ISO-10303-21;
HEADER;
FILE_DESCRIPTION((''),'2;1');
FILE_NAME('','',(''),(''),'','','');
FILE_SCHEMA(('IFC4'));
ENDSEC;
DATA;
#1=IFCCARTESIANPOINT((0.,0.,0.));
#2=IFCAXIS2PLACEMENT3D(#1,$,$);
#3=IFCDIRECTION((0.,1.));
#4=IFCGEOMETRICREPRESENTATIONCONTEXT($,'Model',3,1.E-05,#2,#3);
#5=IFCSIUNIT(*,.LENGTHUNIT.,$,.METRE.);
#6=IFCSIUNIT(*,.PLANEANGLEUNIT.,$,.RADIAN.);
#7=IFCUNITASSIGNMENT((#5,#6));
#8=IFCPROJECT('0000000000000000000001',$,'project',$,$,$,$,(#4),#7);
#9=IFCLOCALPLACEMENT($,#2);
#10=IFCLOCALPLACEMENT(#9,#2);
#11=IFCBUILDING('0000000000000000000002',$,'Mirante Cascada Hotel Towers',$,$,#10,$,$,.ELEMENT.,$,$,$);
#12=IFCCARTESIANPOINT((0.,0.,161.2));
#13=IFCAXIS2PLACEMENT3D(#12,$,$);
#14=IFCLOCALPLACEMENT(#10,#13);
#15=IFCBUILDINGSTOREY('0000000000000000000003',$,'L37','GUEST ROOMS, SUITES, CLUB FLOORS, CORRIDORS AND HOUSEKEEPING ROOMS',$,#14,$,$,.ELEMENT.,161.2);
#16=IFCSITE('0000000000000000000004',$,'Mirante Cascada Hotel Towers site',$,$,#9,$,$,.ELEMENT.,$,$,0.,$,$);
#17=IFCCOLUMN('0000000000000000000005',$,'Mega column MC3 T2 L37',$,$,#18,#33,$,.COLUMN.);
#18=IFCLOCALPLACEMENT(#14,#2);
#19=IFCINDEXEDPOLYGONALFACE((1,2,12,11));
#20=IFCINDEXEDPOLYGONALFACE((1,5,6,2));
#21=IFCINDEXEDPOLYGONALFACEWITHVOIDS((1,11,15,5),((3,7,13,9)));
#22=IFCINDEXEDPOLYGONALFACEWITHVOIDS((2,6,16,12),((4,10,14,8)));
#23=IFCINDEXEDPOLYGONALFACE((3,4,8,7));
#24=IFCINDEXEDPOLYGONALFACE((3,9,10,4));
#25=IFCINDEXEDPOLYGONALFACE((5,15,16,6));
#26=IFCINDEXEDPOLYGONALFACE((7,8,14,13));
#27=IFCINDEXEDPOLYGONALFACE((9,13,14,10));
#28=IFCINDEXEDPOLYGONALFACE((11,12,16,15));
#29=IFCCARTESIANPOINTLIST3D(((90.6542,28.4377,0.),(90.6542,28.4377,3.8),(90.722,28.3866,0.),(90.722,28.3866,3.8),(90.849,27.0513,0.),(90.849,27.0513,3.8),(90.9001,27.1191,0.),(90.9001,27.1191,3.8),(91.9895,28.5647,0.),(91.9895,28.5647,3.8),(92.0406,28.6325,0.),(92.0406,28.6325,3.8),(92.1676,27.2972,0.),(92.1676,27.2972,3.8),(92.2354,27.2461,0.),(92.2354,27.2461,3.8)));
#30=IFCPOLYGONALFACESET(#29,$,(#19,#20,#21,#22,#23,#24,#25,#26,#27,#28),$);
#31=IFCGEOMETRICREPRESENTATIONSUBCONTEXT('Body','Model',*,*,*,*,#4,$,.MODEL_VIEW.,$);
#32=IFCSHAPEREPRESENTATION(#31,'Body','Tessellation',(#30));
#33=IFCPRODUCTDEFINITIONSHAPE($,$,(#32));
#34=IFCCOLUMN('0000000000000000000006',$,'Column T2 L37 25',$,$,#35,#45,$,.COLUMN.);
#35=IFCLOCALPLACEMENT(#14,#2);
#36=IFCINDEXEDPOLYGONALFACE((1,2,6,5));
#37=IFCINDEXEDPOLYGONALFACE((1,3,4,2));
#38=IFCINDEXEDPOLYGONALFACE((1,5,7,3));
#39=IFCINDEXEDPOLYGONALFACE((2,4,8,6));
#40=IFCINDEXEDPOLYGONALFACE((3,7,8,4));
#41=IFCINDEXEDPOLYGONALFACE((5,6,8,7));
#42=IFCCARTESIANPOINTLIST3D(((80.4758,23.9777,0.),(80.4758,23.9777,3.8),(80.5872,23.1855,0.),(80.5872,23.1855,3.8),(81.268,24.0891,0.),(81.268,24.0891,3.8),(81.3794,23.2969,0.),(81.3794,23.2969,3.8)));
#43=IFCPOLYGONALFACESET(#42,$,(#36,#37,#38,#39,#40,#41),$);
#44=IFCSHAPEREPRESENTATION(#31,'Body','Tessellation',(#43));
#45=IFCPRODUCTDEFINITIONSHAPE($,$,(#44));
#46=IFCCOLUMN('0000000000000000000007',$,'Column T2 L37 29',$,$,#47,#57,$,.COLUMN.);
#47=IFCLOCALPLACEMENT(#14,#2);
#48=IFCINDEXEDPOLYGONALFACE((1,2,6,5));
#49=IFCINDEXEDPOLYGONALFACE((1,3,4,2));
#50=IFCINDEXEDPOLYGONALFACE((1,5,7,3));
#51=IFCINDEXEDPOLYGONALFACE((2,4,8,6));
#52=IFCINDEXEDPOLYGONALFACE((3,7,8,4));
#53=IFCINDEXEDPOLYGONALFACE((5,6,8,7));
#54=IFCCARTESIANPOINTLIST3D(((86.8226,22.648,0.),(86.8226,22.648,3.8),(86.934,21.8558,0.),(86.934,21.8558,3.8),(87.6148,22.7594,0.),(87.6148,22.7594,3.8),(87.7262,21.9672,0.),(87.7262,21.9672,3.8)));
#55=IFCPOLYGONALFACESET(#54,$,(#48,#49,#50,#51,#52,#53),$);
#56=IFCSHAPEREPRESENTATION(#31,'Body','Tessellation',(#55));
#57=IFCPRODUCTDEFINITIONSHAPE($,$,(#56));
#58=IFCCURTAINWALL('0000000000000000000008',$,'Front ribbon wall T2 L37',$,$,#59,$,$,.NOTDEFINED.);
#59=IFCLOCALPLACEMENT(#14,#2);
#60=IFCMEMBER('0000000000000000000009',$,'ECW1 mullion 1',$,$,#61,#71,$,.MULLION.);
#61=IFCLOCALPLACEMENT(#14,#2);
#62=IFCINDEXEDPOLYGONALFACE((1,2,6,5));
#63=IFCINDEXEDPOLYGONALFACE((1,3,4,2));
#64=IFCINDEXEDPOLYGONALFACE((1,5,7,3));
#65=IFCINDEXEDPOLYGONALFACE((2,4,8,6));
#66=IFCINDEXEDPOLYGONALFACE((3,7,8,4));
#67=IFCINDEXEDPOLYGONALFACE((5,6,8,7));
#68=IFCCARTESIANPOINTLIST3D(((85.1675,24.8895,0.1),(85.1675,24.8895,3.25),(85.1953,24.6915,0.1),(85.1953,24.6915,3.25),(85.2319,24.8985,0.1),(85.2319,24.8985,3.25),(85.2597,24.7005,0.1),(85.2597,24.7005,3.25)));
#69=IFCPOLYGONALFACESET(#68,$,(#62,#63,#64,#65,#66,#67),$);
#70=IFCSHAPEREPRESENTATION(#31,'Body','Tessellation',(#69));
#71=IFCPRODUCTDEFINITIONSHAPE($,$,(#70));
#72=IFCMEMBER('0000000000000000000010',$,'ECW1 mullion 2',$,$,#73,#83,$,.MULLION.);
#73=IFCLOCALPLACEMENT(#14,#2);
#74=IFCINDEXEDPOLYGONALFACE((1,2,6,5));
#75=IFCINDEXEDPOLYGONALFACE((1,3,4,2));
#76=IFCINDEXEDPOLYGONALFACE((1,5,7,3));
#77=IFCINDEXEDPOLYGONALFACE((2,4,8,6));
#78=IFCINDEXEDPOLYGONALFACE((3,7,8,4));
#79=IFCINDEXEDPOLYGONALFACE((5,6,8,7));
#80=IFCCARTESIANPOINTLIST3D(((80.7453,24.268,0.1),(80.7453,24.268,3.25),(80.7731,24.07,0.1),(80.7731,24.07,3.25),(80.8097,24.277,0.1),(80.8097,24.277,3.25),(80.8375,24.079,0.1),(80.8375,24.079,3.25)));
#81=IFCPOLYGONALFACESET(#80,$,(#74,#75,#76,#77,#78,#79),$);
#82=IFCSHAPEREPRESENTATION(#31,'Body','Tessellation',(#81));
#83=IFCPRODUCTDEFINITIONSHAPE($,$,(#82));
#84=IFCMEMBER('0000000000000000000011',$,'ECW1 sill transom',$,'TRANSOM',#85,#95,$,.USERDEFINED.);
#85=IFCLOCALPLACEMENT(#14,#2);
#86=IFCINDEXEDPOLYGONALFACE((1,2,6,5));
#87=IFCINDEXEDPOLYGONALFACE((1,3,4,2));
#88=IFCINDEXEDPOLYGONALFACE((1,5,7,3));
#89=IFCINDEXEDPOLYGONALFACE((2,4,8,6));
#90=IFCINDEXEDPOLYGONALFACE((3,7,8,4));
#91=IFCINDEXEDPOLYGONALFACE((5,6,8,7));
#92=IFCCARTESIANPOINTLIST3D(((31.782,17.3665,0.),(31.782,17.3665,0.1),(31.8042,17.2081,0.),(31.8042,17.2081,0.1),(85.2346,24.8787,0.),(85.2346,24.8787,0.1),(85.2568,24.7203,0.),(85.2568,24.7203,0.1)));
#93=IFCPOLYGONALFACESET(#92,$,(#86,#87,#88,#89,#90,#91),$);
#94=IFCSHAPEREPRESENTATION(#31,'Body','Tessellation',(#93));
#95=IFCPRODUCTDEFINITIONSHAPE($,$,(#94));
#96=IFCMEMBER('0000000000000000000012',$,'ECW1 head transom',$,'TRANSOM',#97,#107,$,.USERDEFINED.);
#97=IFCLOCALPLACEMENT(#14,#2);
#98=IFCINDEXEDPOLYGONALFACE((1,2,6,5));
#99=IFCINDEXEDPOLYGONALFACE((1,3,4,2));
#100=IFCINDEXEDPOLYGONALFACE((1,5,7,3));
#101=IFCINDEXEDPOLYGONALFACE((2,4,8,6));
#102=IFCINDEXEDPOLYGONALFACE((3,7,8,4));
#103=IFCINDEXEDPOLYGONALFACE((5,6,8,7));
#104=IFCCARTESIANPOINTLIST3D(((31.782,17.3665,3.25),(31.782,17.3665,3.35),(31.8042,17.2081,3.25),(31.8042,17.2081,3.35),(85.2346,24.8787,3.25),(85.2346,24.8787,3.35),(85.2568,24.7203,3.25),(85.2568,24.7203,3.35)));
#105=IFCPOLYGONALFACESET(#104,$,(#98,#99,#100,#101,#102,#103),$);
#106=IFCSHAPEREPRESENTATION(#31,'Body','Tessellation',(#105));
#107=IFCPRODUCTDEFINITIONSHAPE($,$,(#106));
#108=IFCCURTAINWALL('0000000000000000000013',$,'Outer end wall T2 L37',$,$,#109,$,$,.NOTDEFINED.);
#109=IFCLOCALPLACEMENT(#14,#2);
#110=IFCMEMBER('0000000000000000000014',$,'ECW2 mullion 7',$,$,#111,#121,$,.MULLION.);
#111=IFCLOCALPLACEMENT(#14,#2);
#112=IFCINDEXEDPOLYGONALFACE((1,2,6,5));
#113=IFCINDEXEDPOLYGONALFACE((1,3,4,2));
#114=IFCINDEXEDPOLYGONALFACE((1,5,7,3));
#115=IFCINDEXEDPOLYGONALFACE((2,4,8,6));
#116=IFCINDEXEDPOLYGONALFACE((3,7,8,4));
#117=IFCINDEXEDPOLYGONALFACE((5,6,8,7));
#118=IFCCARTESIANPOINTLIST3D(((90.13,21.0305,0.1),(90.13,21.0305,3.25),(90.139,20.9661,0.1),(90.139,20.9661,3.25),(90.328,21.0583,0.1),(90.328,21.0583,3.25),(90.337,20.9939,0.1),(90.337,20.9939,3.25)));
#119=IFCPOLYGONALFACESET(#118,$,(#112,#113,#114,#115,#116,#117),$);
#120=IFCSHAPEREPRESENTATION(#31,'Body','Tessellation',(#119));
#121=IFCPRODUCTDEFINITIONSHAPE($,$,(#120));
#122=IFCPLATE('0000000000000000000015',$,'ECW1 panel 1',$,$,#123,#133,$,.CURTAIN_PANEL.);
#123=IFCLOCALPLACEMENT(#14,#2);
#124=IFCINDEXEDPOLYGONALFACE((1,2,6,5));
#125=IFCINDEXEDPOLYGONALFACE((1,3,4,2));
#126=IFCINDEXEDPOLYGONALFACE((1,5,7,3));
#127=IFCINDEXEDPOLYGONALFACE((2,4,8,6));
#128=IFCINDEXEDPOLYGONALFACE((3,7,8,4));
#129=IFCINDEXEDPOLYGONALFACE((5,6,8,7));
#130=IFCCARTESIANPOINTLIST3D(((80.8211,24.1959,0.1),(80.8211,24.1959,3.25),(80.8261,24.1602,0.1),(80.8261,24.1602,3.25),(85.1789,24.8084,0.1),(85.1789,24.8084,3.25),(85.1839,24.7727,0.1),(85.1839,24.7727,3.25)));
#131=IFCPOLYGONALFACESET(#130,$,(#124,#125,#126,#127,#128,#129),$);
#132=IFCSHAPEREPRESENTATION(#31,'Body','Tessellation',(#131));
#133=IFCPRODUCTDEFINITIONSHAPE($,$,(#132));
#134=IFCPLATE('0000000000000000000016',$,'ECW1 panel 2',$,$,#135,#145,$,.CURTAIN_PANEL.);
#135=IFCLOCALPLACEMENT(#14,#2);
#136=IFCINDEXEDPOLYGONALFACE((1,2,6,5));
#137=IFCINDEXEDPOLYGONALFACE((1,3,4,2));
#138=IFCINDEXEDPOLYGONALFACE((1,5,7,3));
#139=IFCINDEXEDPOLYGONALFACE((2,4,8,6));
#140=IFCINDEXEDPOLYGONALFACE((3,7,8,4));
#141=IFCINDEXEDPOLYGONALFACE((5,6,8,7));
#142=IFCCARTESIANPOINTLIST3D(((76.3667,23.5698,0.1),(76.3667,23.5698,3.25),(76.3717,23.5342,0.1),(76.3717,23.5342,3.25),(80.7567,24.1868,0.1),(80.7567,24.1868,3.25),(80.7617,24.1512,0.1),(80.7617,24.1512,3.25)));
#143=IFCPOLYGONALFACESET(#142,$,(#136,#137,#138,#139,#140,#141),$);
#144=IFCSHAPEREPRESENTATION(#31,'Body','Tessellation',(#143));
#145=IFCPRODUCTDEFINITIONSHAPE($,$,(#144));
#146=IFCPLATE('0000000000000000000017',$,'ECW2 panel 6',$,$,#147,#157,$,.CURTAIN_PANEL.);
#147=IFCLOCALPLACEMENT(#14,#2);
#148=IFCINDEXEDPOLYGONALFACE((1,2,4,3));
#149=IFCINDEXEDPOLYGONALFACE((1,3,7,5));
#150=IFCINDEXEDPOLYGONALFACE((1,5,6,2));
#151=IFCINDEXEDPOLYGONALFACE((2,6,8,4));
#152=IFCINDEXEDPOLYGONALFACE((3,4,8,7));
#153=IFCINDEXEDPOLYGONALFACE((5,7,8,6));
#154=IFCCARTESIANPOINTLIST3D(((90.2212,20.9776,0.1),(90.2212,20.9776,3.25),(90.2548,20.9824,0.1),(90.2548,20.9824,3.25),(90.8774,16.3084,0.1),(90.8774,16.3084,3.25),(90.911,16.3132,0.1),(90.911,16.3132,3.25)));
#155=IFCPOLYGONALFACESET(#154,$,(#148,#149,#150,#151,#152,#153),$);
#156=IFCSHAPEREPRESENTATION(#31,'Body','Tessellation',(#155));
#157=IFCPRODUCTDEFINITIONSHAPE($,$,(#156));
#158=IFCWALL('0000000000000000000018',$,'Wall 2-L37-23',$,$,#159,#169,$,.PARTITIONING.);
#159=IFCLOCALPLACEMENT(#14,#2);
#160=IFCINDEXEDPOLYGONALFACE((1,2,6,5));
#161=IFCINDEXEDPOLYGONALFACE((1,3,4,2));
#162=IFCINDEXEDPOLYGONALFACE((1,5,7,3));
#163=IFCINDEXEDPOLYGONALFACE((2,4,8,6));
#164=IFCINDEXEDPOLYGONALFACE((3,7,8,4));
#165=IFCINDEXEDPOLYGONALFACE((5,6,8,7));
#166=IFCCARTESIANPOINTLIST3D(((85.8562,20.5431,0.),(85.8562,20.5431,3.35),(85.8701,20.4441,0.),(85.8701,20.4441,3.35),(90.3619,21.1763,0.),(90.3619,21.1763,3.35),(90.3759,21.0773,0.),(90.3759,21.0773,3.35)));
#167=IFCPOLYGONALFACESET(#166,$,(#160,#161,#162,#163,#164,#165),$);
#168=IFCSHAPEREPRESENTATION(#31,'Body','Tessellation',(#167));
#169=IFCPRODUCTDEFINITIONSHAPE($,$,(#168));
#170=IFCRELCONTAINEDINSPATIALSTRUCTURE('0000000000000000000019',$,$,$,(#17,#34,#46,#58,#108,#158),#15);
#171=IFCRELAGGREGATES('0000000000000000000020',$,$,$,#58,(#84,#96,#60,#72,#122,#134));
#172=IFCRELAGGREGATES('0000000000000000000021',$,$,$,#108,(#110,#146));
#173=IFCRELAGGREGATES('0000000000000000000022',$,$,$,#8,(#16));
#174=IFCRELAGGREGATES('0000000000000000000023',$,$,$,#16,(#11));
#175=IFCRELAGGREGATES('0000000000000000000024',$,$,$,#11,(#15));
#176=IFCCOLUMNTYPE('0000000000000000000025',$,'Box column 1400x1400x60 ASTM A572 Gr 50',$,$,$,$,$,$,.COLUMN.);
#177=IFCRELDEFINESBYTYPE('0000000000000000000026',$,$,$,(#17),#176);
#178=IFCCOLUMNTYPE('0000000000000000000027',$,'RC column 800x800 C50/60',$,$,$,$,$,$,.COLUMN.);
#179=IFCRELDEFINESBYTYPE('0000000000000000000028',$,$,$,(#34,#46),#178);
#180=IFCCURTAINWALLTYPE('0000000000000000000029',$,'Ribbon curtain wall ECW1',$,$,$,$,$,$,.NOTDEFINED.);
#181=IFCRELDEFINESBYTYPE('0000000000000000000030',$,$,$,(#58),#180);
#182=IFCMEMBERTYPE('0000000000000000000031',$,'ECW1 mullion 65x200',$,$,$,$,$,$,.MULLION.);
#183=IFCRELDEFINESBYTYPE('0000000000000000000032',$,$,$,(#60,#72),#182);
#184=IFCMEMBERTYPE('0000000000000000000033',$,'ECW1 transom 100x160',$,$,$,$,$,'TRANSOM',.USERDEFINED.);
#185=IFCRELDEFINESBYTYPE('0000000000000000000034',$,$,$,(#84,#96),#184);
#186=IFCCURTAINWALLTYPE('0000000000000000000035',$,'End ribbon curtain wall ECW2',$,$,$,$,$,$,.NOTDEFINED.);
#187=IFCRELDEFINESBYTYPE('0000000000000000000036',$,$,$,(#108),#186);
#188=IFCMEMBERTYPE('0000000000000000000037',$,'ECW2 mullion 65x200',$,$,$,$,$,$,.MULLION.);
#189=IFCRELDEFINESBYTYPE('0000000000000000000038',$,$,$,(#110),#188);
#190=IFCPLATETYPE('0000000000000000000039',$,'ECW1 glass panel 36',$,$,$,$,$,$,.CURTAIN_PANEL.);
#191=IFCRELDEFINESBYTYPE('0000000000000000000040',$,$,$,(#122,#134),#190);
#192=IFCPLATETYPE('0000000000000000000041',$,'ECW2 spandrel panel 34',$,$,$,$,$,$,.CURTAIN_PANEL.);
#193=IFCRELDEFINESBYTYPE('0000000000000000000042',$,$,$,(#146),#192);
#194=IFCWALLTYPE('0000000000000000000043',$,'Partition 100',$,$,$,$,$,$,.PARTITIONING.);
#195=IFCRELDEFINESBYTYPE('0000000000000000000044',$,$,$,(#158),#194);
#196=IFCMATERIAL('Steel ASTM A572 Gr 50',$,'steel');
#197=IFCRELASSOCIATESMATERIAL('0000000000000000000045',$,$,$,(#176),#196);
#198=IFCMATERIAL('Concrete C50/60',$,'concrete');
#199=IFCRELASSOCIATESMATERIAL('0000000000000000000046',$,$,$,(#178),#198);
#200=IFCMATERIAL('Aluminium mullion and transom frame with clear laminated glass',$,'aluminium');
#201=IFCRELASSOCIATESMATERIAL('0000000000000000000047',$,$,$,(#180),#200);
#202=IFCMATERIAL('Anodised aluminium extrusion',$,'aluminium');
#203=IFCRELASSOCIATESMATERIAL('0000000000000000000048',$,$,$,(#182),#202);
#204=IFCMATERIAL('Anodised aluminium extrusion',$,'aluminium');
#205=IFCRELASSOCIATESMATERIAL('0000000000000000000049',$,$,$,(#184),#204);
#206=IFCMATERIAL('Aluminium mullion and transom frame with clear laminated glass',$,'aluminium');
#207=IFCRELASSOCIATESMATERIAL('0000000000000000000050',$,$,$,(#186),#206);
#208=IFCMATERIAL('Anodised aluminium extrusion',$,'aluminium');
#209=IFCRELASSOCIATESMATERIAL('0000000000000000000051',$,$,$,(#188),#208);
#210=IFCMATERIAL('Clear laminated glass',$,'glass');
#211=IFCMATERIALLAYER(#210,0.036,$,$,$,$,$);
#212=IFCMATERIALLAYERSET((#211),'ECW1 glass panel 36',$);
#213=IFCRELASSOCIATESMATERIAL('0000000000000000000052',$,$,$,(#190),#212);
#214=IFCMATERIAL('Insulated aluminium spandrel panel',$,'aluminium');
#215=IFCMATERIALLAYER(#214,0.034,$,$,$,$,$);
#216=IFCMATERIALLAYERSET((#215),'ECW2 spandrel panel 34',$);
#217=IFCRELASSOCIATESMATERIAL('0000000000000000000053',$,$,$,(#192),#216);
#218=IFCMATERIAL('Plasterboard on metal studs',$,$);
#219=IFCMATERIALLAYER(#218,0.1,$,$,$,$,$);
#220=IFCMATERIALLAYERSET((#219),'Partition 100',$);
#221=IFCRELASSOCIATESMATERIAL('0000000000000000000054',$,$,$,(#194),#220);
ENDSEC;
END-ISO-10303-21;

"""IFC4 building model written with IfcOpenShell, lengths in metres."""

from ifc_helpers import new_model, si_unit, direction, frame, frame_2d, origin, origin_2d, place, context, subcontext, project, spatial, rectangle, hollow_rectangle, extrude, material, layer, layer_set, material_profile, profile_set, type_object, element, aggregate, save


model = new_model("IFC4")

# Units and contexts
model_context = context("Model", 3, precision=1e-05, world=origin(), true_north=direction((0.0, 1.0)))
body_context = subcontext(model_context, "Body", "Model", "MODEL_VIEW")
ifc_project = project(units=[si_unit("LENGTHUNIT", "METRE"), si_unit("PLANEANGLEUNIT", "RADIAN")], contexts=[model_context])

# Site, building, storey
site_placement = place(None, origin())
site = spatial("IfcSite", under=ifc_project, at=site_placement, Name="Mirante Cascada Hotel Towers site", CompositionType="ELEMENT", RefElevation=0.0)
building_placement = place(site_placement, origin())
building = spatial("IfcBuilding", under=site, at=building_placement, Name="Mirante Cascada Hotel Towers", CompositionType="ELEMENT")
storey_placement = place(building_placement, frame((0.0, 0.0, 161.2)))
storey = spatial("IfcBuildingStorey", under=building, at=storey_placement, Name="L37", Description="GUEST ROOMS, SUITES, CLUB FLOORS, CORRIDORS AND HOUSEKEEPING ROOMS", CompositionType="ELEMENT", Elevation=161.2)

# Columns
ifc_material_1 = material(Name="Steel ASTM A572 Gr 50", Category="steel")
ifc_material_profile_1 = material_profile(ifc_material_1, hollow_rectangle(XDim=1.4, YDim=1.4, WallThickness=0.06, at=origin_2d()), Name="Box column 1400x1400x60 ASTM A572 Gr 50")
ifc_profile_set_1 = profile_set([ifc_material_profile_1], Name="Steel ASTM A572 Gr 50")
column_type_1 = type_object("IfcColumnType", Name="Box column 1400x1400x60 ASTM A572 Gr 50", PredefinedType="COLUMN", material=ifc_profile_set_1)
column_placement = place(storey_placement, frame((91.4448, 27.8419, 0.0), z_axis=(0.0, 0.0, 1.0), x_axis=(0.990268, 0.139173, 0.0)))
element("IfcColumn", 1, at=column_placement, inside=storey, type_object=column_type_1, Name="Mega column MC3 T2 L37", PredefinedType="COLUMN", context=body_context, shape_type="SweptSolid", body=[
    extrude(hollow_rectangle(XDim=1.4, YDim=1.4, WallThickness=0.06, at=origin_2d()), origin(), (0.0, 0.0, 1.0), 3.8),
])
ifc_material_2 = material(Name="Concrete C50/60", Category="concrete")
ifc_material_profile_2 = material_profile(ifc_material_2, rectangle(XDim=0.8, YDim=0.8, at=origin_2d()), Name="RC column 800x800 C50/60")
ifc_profile_set_2 = profile_set([ifc_material_profile_2], Name="Concrete C50/60")
column_type_2 = type_object("IfcColumnType", Name="RC column 800x800 C50/60", PredefinedType="COLUMN", material=ifc_profile_set_2)
for number, where, z_axis, x_axis, name in (
    (2, (80.9276, 23.6373, 0.0), (0.0, 0.0, 1.0), (0.990268, 0.139173, 0.0), "Column T2 L37 25"),
    (3, (87.2744, 22.3076, 0.0), (0.0, 0.0, 1.0), (0.990268, 0.139173, 0.0), "Column T2 L37 29"),
):
    element("IfcColumn", number, at=place(storey_placement, frame(where, z_axis=z_axis, x_axis=x_axis)), inside=storey, type_object=column_type_2, Name=name, PredefinedType="COLUMN", context=body_context, shape_type="SweptSolid", body=[
        extrude(rectangle(XDim=0.8, YDim=0.8, at=origin_2d()), origin(), (0.0, 0.0, 1.0), 3.8),
    ])

# Curtain wall, members
ifc_material_3 = material(Name="Aluminium mullion and transom frame with clear laminated glass", Category="aluminium")
curtain_wall_type_1 = type_object("IfcCurtainWallType", Name="Ribbon curtain wall ECW1", PredefinedType="NOTDEFINED", material=ifc_material_3)
curtain_wall_1_placement = place(storey_placement, origin())
curtain_wall_1 = element("IfcCurtainWall", 4, at=curtain_wall_1_placement, inside=storey, type_object=curtain_wall_type_1, Name="Front ribbon wall T2 L37", PredefinedType="NOTDEFINED")
ifc_material_4 = material(Name="Anodised aluminium extrusion", Category="aluminium")
ifc_material_profile_3 = material_profile(ifc_material_4, rectangle(XDim=0.2, YDim=0.065, at=origin_2d()), Name="ECW1 MULLION 65x200")
ifc_profile_set_3 = profile_set([ifc_material_profile_3], Name="Anodised aluminium extrusion")
member_type_1 = type_object("IfcMemberType", Name="ECW1 mullion 65x200", PredefinedType="MULLION", material=ifc_profile_set_3)
member_1_placement = place(storey_placement, frame((85.2136, 24.795, 0.1), z_axis=(0.0, 0.0, 1.0), x_axis=(0.139173, -0.990268, 0.0)))
member_1 = element("IfcMember", 5, at=member_1_placement, type_object=member_type_1, Name="ECW1 mullion 1", PredefinedType="MULLION", context=body_context, shape_type="SweptSolid", body=[
    extrude(rectangle(XDim=0.2, YDim=0.065, at=origin_2d()), origin(), (0.0, 0.0, 1.0), 3.15),
])
member_2_placement = place(storey_placement, frame((80.7914, 24.1735, 0.1), z_axis=(0.0, 0.0, 1.0), x_axis=(0.139173, -0.990268, 0.0)))
member_2 = element("IfcMember", 6, at=member_2_placement, type_object=member_type_1, Name="ECW1 mullion 2", PredefinedType="MULLION", context=body_context, shape_type="SweptSolid", body=[
    extrude(rectangle(XDim=0.2, YDim=0.065, at=origin_2d()), origin(), (0.0, 0.0, 1.0), 3.15),
])
ifc_material_5 = material(Name="Anodised aluminium extrusion", Category="aluminium")
ifc_material_profile_4 = material_profile(ifc_material_5, rectangle(XDim=0.16, YDim=0.1, at=origin_2d()), Name="ECW1 TRANSOM 100x160")
ifc_profile_set_4 = profile_set([ifc_material_profile_4], Name="Anodised aluminium extrusion")
member_type_2 = type_object("IfcMemberType", Name="ECW1 transom 100x160", ElementType="TRANSOM", PredefinedType="USERDEFINED", material=ifc_profile_set_4)
member_3_placement = place(storey_placement, frame((85.2457, 24.7995, 0.05), z_axis=(-0.990268, -0.139172, 0.0), x_axis=(0.139172, -0.990268, 0.0)))
member_3 = element("IfcMember", 7, at=member_3_placement, type_object=member_type_2, Name="ECW1 sill transom", ObjectType="TRANSOM", PredefinedType="USERDEFINED", context=body_context, shape_type="SweptSolid", body=[
    extrude(rectangle(XDim=0.16, YDim=0.1, at=origin_2d()), origin(), (0.0, 0.0, 1.0), 53.9779),
])
member_4_placement = place(storey_placement, frame((85.2457, 24.7995, 3.3), z_axis=(-0.990268, -0.139172, 0.0), x_axis=(0.139172, -0.990268, 0.0)))
member_4 = element("IfcMember", 8, at=member_4_placement, type_object=member_type_2, Name="ECW1 head transom", ObjectType="TRANSOM", PredefinedType="USERDEFINED", context=body_context, shape_type="SweptSolid", body=[
    extrude(rectangle(XDim=0.16, YDim=0.1, at=origin_2d()), origin(), (0.0, 0.0, 1.0), 53.9779),
])

# Curtain wall, member
ifc_material_6 = material(Name="Aluminium mullion and transom frame with clear laminated glass", Category="aluminium")
curtain_wall_type_2 = type_object("IfcCurtainWallType", Name="End ribbon curtain wall ECW2", PredefinedType="NOTDEFINED", material=ifc_material_6)
curtain_wall_2_placement = place(storey_placement, origin())
curtain_wall_2 = element("IfcCurtainWall", 9, at=curtain_wall_2_placement, inside=storey, type_object=curtain_wall_type_2, Name="Outer end wall T2 L37", PredefinedType="NOTDEFINED")
ifc_material_7 = material(Name="Anodised aluminium extrusion", Category="aluminium")
ifc_material_profile_5 = material_profile(ifc_material_7, rectangle(XDim=0.2, YDim=0.065, at=origin_2d()), Name="ECW2 MULLION 65x200")
ifc_profile_set_5 = profile_set([ifc_material_profile_5], Name="Anodised aluminium extrusion")
member_type_3 = type_object("IfcMemberType", Name="ECW2 mullion 65x200", PredefinedType="MULLION", material=ifc_profile_set_5)
member_5_placement = place(storey_placement, frame((90.2335, 21.0122, 0.1), z_axis=(0.0, 0.0, 1.0), x_axis=(-0.990268, -0.139173, 0.0)))
member_5 = element("IfcMember", 10, at=member_5_placement, type_object=member_type_3, Name="ECW2 mullion 7", PredefinedType="MULLION", context=body_context, shape_type="SweptSolid", body=[
    extrude(rectangle(XDim=0.2, YDim=0.065, at=origin_2d()), origin(), (0.0, 0.0, 1.0), 3.15),
])

# Plates
ifc_material_8 = material(Name="Clear laminated glass", Category="glass")
ifc_layer_1 = layer(ifc_material_8, 0.036)
ifc_layer_set_1 = layer_set([ifc_layer_1], Name="ECW1 glass panel 36")
plate_type_1 = type_object("IfcPlateType", Name="ECW1 glass panel 36", PredefinedType="CURTAIN_PANEL", material=ifc_layer_set_1)
plate_1_placement = place(storey_placement, frame((83.0025, 24.4843, 0.1), z_axis=(0.0, 0.0, 1.0), x_axis=(-0.990268, -0.139173, 0.0)))
plate_1 = element("IfcPlate", 11, at=plate_1_placement, type_object=plate_type_1, Name="ECW1 panel 1", PredefinedType="CURTAIN_PANEL", context=body_context, shape_type="SweptSolid", body=[
    extrude(rectangle(XDim=4.4007, YDim=0.036, at=origin_2d()), origin(), (0.0, 0.0, 1.0), 3.15),
])
plate_2_placement = place(storey_placement, frame((78.5642, 23.8605, 0.1), z_axis=(0.0, 0.0, 1.0), x_axis=(-0.990268, -0.139173, 0.0)))
plate_2 = element("IfcPlate", 12, at=plate_2_placement, type_object=plate_type_1, Name="ECW1 panel 2", PredefinedType="CURTAIN_PANEL", context=body_context, shape_type="SweptSolid", body=[
    extrude(rectangle(XDim=4.4332, YDim=0.036, at=origin_2d()), origin(), (0.0, 0.0, 1.0), 3.15),
])
aggregate(curtain_wall_1, [member_3, member_4, member_1, member_2, plate_1, plate_2])
ifc_material_9 = material(Name="Insulated aluminium spandrel panel", Category="aluminium")
ifc_layer_2 = layer(ifc_material_9, 0.034)
ifc_layer_set_2 = layer_set([ifc_layer_2], Name="ECW2 spandrel panel 34")
plate_type_2 = type_object("IfcPlateType", Name="ECW2 spandrel panel 34", PredefinedType="CURTAIN_PANEL", material=ifc_layer_set_2)
plate_3_placement = place(storey_placement, frame((90.5661, 18.6454, 0.1), z_axis=(0.0, 0.0, 1.0), x_axis=(-0.139173, 0.990268, 0.0)))
plate_3 = element("IfcPlate", 13, at=plate_3_placement, type_object=plate_type_2, Name="ECW2 panel 6", PredefinedType="CURTAIN_PANEL", context=body_context, shape_type="SweptSolid", body=[
    extrude(rectangle(XDim=4.7151, YDim=0.034, at=origin_2d()), origin(), (0.0, 0.0, 1.0), 3.15),
])
aggregate(curtain_wall_2, [member_5, plate_3])

# Wall
ifc_material_10 = material(Name="Plasterboard on metal studs")
ifc_layer_3 = layer(ifc_material_10, 0.1)
ifc_layer_set_3 = layer_set([ifc_layer_3], Name="Partition 100")
wall_type_1 = type_object("IfcWallType", Name="Partition 100", PredefinedType="PARTITIONING", material=ifc_layer_set_3)
wall_1_placement = place(storey_placement, frame((90.3689, 21.1268, 0.0), z_axis=(0.0, 0.0, 1.0), x_axis=(-0.990269, -0.139166, 0.0)))
element("IfcWall", 14, at=wall_1_placement, inside=storey, type_object=wall_type_1, Name="Wall 2-L37-23", PredefinedType="PARTITIONING", context=body_context, shape_type="SweptSolid", body=[
    extrude(rectangle(XDim=4.55, YDim=0.1, at=frame_2d((2.275, 0.0))), origin(), (0.0, 0.0, 1.0), 3.35),
])

save(model, "model.ifc")
